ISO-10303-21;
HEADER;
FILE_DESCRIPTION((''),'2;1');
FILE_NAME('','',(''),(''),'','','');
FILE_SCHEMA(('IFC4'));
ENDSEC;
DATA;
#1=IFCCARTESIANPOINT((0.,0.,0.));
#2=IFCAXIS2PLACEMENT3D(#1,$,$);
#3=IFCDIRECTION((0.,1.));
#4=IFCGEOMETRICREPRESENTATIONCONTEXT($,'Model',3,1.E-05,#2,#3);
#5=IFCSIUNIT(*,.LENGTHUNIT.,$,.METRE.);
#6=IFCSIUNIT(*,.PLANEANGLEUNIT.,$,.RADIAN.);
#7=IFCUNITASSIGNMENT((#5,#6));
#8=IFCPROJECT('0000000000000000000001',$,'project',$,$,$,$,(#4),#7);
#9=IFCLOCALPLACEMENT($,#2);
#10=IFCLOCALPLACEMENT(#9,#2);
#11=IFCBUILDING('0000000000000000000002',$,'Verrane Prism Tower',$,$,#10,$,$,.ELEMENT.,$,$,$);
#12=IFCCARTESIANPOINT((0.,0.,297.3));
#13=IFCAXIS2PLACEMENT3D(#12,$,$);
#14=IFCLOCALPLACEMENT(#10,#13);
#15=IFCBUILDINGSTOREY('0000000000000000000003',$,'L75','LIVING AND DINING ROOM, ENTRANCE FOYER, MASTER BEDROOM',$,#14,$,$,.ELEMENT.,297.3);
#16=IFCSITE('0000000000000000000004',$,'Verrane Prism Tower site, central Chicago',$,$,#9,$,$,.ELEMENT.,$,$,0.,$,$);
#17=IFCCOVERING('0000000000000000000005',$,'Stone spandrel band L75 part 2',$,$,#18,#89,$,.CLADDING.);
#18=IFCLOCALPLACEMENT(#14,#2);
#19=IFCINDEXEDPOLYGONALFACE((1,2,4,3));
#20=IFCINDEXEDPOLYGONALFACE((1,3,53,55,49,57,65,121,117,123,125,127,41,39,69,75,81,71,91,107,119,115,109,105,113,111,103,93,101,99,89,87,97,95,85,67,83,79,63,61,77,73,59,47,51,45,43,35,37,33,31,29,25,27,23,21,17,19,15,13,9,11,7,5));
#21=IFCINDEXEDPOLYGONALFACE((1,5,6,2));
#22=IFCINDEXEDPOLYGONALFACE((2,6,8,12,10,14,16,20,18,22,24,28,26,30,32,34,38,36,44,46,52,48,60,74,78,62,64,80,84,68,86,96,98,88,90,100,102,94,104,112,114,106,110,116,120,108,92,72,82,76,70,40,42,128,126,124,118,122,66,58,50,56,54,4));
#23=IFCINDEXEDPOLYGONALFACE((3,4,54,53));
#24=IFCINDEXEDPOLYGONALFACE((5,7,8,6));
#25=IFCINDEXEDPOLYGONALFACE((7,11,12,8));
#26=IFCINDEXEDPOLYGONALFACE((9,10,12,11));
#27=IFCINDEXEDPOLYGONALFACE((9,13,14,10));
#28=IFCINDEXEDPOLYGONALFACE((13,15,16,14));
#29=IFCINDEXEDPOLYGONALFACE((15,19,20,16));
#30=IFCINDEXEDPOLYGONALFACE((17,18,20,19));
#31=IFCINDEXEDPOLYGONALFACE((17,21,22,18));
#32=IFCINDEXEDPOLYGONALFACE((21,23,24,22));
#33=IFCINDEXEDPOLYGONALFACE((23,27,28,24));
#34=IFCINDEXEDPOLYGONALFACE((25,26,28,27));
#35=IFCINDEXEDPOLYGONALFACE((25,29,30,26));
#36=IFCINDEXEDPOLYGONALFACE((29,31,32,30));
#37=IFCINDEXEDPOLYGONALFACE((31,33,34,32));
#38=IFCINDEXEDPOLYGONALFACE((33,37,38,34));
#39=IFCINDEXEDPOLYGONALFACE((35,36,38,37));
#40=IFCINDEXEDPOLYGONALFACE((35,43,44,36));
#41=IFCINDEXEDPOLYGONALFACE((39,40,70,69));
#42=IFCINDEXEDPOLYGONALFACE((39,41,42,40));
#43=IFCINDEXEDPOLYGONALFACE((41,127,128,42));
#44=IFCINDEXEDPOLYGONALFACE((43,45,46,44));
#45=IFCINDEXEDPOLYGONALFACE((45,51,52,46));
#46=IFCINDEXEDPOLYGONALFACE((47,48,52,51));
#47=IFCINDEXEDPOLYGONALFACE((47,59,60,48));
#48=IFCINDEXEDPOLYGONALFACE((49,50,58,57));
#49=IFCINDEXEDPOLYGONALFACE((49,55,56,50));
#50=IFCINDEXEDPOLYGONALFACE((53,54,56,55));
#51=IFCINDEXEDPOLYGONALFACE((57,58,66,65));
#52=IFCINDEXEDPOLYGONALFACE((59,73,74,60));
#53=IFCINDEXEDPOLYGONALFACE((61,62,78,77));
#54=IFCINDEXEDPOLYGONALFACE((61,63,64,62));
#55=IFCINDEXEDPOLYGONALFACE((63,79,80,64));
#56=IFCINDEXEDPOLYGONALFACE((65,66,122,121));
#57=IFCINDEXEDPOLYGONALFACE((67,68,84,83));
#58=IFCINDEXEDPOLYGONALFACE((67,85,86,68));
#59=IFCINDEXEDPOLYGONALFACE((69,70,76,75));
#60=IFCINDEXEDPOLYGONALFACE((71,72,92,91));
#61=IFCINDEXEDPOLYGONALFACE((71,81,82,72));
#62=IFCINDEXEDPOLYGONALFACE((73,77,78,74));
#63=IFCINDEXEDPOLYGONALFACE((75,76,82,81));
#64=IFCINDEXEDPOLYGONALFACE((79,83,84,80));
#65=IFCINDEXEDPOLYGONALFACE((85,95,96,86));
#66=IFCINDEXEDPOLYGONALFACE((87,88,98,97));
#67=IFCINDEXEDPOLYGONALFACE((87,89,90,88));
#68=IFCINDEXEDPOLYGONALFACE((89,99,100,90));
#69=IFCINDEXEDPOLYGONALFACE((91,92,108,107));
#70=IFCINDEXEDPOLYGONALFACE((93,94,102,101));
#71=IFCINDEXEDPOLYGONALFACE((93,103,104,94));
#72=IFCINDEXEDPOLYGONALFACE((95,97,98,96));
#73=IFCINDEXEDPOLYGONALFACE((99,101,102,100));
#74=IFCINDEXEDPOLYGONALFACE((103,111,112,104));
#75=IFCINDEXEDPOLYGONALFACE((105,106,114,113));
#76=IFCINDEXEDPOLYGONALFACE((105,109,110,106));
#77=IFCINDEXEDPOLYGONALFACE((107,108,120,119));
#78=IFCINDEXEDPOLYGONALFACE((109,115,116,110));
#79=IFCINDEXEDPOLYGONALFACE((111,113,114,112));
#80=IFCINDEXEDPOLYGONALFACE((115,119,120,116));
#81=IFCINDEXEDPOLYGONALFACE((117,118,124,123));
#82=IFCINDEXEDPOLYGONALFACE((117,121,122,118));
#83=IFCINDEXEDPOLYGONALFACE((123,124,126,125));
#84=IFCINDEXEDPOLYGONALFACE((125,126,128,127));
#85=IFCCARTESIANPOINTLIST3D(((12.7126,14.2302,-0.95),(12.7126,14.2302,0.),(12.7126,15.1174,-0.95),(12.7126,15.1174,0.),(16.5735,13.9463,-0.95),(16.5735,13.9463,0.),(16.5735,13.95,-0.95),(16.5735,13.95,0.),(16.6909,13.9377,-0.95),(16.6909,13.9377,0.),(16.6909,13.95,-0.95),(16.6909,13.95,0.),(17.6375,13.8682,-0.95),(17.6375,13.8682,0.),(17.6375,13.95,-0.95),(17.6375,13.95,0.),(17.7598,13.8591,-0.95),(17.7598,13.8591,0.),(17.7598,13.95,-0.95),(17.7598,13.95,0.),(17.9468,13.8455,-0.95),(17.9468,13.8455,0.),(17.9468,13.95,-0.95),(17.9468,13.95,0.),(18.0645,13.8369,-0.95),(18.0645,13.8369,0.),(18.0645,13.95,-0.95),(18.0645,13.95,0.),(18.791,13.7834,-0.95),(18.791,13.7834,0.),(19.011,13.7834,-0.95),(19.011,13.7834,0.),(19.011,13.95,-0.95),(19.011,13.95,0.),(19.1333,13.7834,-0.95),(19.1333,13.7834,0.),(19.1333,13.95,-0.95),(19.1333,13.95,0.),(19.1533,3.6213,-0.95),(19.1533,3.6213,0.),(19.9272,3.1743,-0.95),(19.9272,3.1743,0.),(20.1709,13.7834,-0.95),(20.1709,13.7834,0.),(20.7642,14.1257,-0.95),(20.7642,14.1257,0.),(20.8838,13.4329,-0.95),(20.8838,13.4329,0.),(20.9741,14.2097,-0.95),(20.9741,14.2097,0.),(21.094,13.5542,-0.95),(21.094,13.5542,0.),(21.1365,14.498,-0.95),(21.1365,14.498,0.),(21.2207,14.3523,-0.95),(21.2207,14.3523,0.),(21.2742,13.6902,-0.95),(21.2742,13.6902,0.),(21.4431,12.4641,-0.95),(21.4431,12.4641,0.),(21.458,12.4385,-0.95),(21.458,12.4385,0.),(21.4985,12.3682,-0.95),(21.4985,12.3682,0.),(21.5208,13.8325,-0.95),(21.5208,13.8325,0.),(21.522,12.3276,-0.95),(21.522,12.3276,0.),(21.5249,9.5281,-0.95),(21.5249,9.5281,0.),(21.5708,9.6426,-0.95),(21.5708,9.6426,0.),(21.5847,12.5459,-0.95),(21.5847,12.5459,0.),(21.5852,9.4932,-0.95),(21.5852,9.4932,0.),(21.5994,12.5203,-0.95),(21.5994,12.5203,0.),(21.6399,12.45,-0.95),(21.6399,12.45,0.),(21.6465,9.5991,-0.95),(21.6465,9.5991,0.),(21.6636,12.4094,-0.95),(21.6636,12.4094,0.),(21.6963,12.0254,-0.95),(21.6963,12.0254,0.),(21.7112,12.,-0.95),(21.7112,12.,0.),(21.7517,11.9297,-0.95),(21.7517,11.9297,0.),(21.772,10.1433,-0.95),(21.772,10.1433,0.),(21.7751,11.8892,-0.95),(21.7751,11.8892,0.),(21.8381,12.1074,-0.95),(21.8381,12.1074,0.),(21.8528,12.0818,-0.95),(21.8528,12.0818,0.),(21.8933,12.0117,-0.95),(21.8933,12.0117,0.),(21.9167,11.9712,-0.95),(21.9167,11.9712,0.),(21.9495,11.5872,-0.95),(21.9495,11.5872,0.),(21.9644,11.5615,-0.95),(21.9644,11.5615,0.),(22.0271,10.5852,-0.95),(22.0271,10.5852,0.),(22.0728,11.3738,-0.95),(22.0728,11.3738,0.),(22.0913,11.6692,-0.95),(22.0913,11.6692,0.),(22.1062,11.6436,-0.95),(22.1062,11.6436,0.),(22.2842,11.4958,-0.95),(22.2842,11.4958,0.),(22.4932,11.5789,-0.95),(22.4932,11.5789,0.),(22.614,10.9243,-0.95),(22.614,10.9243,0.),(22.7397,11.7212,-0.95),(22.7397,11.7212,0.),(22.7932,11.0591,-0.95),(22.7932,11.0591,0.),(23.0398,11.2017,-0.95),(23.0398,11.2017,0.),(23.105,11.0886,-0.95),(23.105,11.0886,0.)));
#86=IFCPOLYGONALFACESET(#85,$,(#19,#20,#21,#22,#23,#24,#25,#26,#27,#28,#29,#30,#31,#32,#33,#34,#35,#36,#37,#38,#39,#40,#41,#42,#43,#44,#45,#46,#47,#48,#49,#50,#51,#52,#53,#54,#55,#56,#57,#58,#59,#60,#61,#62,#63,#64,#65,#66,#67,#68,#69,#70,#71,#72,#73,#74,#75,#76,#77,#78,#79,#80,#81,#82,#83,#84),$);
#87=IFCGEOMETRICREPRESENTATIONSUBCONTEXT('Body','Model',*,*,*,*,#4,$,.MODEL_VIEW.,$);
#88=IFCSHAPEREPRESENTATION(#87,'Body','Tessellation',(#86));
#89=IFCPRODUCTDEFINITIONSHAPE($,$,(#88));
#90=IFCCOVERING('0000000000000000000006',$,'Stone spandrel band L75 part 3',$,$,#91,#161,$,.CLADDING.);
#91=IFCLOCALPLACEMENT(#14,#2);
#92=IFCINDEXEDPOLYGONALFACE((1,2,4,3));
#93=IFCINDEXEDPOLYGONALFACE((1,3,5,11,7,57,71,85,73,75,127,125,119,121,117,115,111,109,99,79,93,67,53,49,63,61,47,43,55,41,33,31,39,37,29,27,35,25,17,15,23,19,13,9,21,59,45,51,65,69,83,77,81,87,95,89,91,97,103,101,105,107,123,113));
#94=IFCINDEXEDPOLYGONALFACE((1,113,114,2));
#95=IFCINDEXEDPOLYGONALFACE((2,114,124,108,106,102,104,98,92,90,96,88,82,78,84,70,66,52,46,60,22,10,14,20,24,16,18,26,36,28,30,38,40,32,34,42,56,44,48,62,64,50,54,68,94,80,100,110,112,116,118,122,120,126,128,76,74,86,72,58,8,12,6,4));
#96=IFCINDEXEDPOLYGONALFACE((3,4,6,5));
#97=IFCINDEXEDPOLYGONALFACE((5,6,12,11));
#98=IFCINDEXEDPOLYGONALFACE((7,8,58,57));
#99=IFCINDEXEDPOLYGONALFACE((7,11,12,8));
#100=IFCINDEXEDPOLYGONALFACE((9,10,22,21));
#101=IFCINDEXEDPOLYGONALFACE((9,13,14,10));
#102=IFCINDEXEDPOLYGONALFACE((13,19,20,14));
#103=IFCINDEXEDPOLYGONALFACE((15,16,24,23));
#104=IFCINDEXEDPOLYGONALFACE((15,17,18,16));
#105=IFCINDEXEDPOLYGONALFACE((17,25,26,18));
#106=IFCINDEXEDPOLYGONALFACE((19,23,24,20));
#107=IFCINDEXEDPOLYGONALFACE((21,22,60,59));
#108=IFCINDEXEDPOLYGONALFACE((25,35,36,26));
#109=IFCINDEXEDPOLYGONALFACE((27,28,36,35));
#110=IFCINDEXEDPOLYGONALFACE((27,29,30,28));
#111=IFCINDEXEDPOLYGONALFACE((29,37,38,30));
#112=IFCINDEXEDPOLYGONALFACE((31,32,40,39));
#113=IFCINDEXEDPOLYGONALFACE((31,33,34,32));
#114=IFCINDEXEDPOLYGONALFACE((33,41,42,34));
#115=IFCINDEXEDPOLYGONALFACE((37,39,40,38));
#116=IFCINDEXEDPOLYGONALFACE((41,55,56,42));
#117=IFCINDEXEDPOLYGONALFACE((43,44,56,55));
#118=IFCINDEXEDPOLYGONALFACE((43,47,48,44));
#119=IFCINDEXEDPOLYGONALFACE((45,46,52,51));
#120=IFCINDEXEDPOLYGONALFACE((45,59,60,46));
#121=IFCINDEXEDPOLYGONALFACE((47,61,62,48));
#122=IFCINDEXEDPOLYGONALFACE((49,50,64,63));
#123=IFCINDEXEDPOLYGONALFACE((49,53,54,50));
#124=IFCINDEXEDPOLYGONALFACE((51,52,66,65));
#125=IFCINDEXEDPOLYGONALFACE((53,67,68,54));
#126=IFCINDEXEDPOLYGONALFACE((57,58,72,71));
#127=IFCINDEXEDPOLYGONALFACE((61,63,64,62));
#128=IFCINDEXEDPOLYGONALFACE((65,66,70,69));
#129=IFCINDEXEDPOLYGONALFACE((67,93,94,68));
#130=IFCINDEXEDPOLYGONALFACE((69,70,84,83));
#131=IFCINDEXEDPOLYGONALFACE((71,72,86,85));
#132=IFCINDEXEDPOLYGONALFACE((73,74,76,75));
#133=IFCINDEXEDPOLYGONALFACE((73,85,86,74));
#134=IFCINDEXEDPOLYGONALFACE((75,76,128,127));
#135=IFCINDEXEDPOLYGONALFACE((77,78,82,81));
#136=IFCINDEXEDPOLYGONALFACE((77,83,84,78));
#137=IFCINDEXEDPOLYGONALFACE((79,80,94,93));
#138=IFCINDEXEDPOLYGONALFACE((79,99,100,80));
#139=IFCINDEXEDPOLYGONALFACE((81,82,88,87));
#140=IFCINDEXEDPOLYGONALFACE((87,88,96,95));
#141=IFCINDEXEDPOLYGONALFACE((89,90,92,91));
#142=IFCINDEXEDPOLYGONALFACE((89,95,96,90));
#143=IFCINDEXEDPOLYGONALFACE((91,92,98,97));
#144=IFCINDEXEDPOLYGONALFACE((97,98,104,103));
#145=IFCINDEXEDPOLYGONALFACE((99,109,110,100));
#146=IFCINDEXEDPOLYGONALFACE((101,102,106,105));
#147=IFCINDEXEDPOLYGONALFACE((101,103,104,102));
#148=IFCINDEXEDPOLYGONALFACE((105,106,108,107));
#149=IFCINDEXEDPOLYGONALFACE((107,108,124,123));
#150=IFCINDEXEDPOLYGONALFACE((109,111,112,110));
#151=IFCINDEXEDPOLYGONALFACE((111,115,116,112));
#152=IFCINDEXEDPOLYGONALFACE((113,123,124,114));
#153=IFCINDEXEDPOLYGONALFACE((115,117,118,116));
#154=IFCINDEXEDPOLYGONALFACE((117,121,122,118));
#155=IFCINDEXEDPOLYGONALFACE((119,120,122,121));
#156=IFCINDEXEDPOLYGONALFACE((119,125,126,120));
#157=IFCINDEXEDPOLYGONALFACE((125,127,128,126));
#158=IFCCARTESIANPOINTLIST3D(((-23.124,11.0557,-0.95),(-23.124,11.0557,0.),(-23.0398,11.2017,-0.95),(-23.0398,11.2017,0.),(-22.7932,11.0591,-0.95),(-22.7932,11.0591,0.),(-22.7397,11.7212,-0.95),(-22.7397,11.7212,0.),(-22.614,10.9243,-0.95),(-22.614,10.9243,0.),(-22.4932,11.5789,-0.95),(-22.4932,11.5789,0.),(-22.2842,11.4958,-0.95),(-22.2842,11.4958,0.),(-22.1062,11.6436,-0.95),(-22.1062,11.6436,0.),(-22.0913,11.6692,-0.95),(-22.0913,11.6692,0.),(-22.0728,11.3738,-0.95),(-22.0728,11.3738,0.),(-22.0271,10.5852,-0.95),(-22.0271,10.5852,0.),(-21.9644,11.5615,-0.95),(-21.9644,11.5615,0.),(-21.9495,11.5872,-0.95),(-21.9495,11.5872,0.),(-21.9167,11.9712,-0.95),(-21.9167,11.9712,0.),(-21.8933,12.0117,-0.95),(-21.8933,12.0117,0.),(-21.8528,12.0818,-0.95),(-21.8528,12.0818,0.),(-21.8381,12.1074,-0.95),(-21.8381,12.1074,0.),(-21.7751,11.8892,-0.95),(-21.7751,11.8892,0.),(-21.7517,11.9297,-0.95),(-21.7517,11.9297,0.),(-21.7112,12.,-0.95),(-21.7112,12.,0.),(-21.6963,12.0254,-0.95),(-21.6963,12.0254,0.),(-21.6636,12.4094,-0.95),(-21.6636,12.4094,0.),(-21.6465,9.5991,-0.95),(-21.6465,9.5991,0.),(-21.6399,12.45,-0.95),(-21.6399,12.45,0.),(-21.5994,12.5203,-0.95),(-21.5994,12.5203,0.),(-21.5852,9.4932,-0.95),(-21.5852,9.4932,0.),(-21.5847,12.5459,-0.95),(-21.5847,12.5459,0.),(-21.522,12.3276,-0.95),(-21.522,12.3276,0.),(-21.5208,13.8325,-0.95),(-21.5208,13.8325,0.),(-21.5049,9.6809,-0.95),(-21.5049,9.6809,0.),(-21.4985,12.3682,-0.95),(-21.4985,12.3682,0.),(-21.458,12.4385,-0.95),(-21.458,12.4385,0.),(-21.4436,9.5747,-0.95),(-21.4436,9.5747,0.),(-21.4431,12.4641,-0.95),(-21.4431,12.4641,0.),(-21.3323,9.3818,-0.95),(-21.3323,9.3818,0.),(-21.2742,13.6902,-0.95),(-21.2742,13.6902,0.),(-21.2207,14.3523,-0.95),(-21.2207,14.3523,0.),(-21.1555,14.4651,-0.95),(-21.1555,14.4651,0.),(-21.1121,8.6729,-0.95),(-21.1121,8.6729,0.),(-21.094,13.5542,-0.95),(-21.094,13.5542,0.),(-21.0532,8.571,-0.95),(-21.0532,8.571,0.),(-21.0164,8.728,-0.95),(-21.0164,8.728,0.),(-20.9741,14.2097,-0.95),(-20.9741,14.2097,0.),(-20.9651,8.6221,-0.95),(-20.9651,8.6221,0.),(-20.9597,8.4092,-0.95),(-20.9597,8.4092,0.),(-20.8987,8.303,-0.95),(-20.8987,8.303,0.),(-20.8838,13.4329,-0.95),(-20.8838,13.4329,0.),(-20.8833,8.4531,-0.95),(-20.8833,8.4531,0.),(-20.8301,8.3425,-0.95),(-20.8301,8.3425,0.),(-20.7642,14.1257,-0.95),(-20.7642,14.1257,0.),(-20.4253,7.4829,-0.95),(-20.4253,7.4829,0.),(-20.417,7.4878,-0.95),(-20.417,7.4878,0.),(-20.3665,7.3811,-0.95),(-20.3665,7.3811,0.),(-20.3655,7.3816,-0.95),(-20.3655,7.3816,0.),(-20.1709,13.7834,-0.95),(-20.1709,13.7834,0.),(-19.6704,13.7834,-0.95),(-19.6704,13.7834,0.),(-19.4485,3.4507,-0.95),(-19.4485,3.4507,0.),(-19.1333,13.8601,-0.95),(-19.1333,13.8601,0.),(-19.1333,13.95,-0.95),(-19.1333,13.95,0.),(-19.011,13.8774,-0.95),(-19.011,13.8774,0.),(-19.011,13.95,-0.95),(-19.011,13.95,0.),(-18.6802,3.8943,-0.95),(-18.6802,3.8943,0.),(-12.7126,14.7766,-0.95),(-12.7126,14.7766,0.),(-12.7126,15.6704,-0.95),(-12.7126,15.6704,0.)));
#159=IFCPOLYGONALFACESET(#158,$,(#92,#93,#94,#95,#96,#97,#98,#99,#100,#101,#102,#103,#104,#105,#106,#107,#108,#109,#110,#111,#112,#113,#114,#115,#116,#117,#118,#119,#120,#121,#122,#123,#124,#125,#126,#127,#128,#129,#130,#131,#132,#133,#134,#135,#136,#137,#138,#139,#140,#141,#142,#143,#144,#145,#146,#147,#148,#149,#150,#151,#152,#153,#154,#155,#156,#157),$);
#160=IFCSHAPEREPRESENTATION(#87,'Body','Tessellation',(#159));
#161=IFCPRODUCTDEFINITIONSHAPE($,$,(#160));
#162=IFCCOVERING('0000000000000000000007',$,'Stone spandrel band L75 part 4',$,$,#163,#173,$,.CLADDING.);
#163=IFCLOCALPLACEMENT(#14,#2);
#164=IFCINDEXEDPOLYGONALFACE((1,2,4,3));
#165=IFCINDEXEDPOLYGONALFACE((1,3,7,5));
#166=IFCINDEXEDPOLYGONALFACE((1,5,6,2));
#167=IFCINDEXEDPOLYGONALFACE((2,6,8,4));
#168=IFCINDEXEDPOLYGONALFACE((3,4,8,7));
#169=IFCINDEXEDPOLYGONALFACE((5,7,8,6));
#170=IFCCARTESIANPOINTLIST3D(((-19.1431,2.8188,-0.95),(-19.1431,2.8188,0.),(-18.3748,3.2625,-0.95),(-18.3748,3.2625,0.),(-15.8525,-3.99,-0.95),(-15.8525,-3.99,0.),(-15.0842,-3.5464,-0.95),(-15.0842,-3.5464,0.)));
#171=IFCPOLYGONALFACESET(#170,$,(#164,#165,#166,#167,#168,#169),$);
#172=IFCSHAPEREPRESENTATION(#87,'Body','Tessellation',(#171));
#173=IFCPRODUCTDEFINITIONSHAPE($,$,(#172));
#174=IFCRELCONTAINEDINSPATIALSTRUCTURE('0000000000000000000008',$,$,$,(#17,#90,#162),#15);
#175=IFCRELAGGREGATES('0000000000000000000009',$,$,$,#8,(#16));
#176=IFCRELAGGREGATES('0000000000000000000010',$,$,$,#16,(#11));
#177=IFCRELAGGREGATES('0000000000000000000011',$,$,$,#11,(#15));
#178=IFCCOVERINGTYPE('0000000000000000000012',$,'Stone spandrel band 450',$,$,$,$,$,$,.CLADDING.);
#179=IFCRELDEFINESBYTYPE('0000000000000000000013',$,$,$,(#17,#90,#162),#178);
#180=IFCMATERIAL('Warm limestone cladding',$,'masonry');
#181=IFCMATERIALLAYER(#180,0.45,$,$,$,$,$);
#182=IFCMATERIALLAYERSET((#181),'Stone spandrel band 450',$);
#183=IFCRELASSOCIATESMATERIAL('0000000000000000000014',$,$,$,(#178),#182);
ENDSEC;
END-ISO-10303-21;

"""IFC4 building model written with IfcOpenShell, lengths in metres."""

from ifc_helpers import new_model, si_unit, direction, frame, origin, place, context, subcontext, project, spatial, polyline, outline, extrude, material, layer, layer_set, type_object, element, save


model = new_model("IFC4")

# Units and contexts
model_context = context("Model", 3, precision=1e-05, world=origin(), true_north=direction((0.0, 1.0)))
body_context = subcontext(model_context, "Body", "Model", "MODEL_VIEW")
ifc_project = project(units=[si_unit("LENGTHUNIT", "METRE"), si_unit("PLANEANGLEUNIT", "RADIAN")], contexts=[model_context])

# Site, building, storey
site_placement = place(None, origin())
site = spatial("IfcSite", under=ifc_project, at=site_placement, Name="Verrane Prism Tower site, central Chicago", CompositionType="ELEMENT", RefElevation=0.0)
building_placement = place(site_placement, origin())
building = spatial("IfcBuilding", under=site, at=building_placement, Name="Verrane Prism Tower", CompositionType="ELEMENT")
storey_placement = place(building_placement, frame((0.0, 0.0, 297.3)))
storey = spatial("IfcBuildingStorey", under=building, at=storey_placement, Name="L75", Description="LIVING AND DINING ROOM, ENTRANCE FOYER, MASTER BEDROOM", CompositionType="ELEMENT", Elevation=297.3)

# Coverings
ifc_material_1 = material(Name="Warm limestone cladding", Category="masonry")
ifc_layer_1 = layer(ifc_material_1, 0.45)
ifc_layer_set_1 = layer_set([ifc_layer_1], Name="Stone spandrel band 450")
covering_type_1 = type_object("IfcCoveringType", Name="Stone spandrel band 450", PredefinedType="CLADDING", material=ifc_layer_set_1)
covering_1_placement = place(storey_placement, frame((0.0, 0.0, -0.95)))
element("IfcCovering", 1, at=covering_1_placement, inside=storey, type_object=covering_type_1, Name="Stone spandrel band L75 part 2", PredefinedType="CLADDING", context=body_context, shape_type="SweptSolid", body=[
    extrude(outline(polyline([(12.7126, 14.2302), (16.5735, 13.9463), (16.5735, 13.95), (16.6909, 13.95), (16.6909, 13.9377), (17.6375, 13.8682), (17.6375, 13.95), (17.7598, 13.95), (17.7598, 13.8591), (17.9468, 13.8455), (17.9468, 13.95), (18.0645, 13.95), (18.0645, 13.8369), (18.791, 13.7834), (19.011, 13.7834), (19.011, 13.95), (19.1333, 13.95), (19.1333, 13.7834), (20.1709, 13.7834), (20.7642, 14.1257), (21.094, 13.5542), (20.8838, 13.4329), (21.4431, 12.4641), (21.5847, 12.5459), (21.5994, 12.5203), (21.458, 12.4385), (21.4985, 12.3682), (21.6399, 12.45), (21.6636, 12.4094), (21.522, 12.3276), (21.6963, 12.0254), (21.8381, 12.1074), (21.8528, 12.0818), (21.7112, 12.0), (21.7517, 11.9297), (21.8933, 12.0117), (21.9167, 11.9712), (21.7751, 11.8892), (21.9495, 11.5872), (22.0913, 11.6692), (22.1062, 11.6436), (21.9644, 11.5615), (22.0728, 11.3738), (22.2842, 11.4958), (22.614, 10.9243), (22.0271, 10.5852), (21.772, 10.1433), (21.5708, 9.6426), (21.6465, 9.5991), (21.5852, 9.4932), (21.5249, 9.5281), (19.1533, 3.6213), (19.9272, 3.1743), (23.105, 11.0886), (23.0398, 11.2017), (22.7932, 11.0591), (22.4932, 11.5789), (22.7397, 11.7212), (21.5208, 13.8325), (21.2742, 13.6902), (20.9741, 14.2097), (21.2207, 14.3523), (21.1365, 14.498), (12.7126, 15.1174), (12.7126, 14.2302)])), origin(), (0.0, 0.0, 1.0), 0.95),
])
covering_2_placement = place(storey_placement, frame((0.0, 0.0, -0.95)))
element("IfcCovering", 2, at=covering_2_placement, inside=storey, type_object=covering_type_1, Name="Stone spandrel band L75 part 3", PredefinedType="CLADDING", context=body_context, shape_type="SweptSolid", body=[
    extrude(outline(polyline([(-18.6802, 3.8943), (-20.3655, 7.3816), (-20.3665, 7.3811), (-20.4253, 7.4829), (-20.417, 7.4878), (-20.8301, 8.3425), (-20.8987, 8.303), (-20.9597, 8.4092), (-20.8833, 8.4531), (-20.9651, 8.6221), (-21.0532, 8.571), (-21.1121, 8.6729), (-21.0164, 8.728), (-21.3323, 9.3818), (-21.4436, 9.5747), (-21.5852, 9.4932), (-21.6465, 9.5991), (-21.5049, 9.6809), (-22.0271, 10.5852), (-22.614, 10.9243), (-22.2842, 11.4958), (-22.0728, 11.3738), (-21.9644, 11.5615), (-22.1062, 11.6436), (-22.0913, 11.6692), (-21.9495, 11.5872), (-21.7751, 11.8892), (-21.9167, 11.9712), (-21.8933, 12.0117), (-21.7517, 11.9297), (-21.7112, 12.0), (-21.8528, 12.0818), (-21.8381, 12.1074), (-21.6963, 12.0254), (-21.522, 12.3276), (-21.6636, 12.4094), (-21.6399, 12.45), (-21.4985, 12.3682), (-21.458, 12.4385), (-21.5994, 12.5203), (-21.5847, 12.5459), (-21.4431, 12.4641), (-20.8838, 13.4329), (-21.094, 13.5542), (-20.7642, 14.1257), (-20.1709, 13.7834), (-19.6704, 13.7834), (-19.1333, 13.8601), (-19.1333, 13.95), (-19.011, 13.95), (-19.011, 13.8774), (-12.7126, 14.7766), (-12.7126, 15.6704), (-21.1555, 14.4651), (-21.2207, 14.3523), (-20.9741, 14.2097), (-21.2742, 13.6902), (-21.5208, 13.8325), (-22.7397, 11.7212), (-22.4932, 11.5789), (-22.7932, 11.0591), (-23.0398, 11.2017), (-23.124, 11.0557), (-19.4485, 3.4507), (-18.6802, 3.8943)])), origin(), (0.0, 0.0, 1.0), 0.95),
])
covering_3_placement = place(storey_placement, frame((0.0, 0.0, -0.95)))
element("IfcCovering", 3, at=covering_3_placement, inside=storey, type_object=covering_type_1, Name="Stone spandrel band L75 part 4", PredefinedType="CLADDING", context=body_context, shape_type="SweptSolid", body=[
    extrude(outline(polyline([(-15.8525, -3.99), (-15.0842, -3.5464), (-18.3748, 3.2625), (-19.1431, 2.8188), (-15.8525, -3.99)])), origin(), (0.0, 0.0, 1.0), 0.95),
])

save(model, "model.ifc")
